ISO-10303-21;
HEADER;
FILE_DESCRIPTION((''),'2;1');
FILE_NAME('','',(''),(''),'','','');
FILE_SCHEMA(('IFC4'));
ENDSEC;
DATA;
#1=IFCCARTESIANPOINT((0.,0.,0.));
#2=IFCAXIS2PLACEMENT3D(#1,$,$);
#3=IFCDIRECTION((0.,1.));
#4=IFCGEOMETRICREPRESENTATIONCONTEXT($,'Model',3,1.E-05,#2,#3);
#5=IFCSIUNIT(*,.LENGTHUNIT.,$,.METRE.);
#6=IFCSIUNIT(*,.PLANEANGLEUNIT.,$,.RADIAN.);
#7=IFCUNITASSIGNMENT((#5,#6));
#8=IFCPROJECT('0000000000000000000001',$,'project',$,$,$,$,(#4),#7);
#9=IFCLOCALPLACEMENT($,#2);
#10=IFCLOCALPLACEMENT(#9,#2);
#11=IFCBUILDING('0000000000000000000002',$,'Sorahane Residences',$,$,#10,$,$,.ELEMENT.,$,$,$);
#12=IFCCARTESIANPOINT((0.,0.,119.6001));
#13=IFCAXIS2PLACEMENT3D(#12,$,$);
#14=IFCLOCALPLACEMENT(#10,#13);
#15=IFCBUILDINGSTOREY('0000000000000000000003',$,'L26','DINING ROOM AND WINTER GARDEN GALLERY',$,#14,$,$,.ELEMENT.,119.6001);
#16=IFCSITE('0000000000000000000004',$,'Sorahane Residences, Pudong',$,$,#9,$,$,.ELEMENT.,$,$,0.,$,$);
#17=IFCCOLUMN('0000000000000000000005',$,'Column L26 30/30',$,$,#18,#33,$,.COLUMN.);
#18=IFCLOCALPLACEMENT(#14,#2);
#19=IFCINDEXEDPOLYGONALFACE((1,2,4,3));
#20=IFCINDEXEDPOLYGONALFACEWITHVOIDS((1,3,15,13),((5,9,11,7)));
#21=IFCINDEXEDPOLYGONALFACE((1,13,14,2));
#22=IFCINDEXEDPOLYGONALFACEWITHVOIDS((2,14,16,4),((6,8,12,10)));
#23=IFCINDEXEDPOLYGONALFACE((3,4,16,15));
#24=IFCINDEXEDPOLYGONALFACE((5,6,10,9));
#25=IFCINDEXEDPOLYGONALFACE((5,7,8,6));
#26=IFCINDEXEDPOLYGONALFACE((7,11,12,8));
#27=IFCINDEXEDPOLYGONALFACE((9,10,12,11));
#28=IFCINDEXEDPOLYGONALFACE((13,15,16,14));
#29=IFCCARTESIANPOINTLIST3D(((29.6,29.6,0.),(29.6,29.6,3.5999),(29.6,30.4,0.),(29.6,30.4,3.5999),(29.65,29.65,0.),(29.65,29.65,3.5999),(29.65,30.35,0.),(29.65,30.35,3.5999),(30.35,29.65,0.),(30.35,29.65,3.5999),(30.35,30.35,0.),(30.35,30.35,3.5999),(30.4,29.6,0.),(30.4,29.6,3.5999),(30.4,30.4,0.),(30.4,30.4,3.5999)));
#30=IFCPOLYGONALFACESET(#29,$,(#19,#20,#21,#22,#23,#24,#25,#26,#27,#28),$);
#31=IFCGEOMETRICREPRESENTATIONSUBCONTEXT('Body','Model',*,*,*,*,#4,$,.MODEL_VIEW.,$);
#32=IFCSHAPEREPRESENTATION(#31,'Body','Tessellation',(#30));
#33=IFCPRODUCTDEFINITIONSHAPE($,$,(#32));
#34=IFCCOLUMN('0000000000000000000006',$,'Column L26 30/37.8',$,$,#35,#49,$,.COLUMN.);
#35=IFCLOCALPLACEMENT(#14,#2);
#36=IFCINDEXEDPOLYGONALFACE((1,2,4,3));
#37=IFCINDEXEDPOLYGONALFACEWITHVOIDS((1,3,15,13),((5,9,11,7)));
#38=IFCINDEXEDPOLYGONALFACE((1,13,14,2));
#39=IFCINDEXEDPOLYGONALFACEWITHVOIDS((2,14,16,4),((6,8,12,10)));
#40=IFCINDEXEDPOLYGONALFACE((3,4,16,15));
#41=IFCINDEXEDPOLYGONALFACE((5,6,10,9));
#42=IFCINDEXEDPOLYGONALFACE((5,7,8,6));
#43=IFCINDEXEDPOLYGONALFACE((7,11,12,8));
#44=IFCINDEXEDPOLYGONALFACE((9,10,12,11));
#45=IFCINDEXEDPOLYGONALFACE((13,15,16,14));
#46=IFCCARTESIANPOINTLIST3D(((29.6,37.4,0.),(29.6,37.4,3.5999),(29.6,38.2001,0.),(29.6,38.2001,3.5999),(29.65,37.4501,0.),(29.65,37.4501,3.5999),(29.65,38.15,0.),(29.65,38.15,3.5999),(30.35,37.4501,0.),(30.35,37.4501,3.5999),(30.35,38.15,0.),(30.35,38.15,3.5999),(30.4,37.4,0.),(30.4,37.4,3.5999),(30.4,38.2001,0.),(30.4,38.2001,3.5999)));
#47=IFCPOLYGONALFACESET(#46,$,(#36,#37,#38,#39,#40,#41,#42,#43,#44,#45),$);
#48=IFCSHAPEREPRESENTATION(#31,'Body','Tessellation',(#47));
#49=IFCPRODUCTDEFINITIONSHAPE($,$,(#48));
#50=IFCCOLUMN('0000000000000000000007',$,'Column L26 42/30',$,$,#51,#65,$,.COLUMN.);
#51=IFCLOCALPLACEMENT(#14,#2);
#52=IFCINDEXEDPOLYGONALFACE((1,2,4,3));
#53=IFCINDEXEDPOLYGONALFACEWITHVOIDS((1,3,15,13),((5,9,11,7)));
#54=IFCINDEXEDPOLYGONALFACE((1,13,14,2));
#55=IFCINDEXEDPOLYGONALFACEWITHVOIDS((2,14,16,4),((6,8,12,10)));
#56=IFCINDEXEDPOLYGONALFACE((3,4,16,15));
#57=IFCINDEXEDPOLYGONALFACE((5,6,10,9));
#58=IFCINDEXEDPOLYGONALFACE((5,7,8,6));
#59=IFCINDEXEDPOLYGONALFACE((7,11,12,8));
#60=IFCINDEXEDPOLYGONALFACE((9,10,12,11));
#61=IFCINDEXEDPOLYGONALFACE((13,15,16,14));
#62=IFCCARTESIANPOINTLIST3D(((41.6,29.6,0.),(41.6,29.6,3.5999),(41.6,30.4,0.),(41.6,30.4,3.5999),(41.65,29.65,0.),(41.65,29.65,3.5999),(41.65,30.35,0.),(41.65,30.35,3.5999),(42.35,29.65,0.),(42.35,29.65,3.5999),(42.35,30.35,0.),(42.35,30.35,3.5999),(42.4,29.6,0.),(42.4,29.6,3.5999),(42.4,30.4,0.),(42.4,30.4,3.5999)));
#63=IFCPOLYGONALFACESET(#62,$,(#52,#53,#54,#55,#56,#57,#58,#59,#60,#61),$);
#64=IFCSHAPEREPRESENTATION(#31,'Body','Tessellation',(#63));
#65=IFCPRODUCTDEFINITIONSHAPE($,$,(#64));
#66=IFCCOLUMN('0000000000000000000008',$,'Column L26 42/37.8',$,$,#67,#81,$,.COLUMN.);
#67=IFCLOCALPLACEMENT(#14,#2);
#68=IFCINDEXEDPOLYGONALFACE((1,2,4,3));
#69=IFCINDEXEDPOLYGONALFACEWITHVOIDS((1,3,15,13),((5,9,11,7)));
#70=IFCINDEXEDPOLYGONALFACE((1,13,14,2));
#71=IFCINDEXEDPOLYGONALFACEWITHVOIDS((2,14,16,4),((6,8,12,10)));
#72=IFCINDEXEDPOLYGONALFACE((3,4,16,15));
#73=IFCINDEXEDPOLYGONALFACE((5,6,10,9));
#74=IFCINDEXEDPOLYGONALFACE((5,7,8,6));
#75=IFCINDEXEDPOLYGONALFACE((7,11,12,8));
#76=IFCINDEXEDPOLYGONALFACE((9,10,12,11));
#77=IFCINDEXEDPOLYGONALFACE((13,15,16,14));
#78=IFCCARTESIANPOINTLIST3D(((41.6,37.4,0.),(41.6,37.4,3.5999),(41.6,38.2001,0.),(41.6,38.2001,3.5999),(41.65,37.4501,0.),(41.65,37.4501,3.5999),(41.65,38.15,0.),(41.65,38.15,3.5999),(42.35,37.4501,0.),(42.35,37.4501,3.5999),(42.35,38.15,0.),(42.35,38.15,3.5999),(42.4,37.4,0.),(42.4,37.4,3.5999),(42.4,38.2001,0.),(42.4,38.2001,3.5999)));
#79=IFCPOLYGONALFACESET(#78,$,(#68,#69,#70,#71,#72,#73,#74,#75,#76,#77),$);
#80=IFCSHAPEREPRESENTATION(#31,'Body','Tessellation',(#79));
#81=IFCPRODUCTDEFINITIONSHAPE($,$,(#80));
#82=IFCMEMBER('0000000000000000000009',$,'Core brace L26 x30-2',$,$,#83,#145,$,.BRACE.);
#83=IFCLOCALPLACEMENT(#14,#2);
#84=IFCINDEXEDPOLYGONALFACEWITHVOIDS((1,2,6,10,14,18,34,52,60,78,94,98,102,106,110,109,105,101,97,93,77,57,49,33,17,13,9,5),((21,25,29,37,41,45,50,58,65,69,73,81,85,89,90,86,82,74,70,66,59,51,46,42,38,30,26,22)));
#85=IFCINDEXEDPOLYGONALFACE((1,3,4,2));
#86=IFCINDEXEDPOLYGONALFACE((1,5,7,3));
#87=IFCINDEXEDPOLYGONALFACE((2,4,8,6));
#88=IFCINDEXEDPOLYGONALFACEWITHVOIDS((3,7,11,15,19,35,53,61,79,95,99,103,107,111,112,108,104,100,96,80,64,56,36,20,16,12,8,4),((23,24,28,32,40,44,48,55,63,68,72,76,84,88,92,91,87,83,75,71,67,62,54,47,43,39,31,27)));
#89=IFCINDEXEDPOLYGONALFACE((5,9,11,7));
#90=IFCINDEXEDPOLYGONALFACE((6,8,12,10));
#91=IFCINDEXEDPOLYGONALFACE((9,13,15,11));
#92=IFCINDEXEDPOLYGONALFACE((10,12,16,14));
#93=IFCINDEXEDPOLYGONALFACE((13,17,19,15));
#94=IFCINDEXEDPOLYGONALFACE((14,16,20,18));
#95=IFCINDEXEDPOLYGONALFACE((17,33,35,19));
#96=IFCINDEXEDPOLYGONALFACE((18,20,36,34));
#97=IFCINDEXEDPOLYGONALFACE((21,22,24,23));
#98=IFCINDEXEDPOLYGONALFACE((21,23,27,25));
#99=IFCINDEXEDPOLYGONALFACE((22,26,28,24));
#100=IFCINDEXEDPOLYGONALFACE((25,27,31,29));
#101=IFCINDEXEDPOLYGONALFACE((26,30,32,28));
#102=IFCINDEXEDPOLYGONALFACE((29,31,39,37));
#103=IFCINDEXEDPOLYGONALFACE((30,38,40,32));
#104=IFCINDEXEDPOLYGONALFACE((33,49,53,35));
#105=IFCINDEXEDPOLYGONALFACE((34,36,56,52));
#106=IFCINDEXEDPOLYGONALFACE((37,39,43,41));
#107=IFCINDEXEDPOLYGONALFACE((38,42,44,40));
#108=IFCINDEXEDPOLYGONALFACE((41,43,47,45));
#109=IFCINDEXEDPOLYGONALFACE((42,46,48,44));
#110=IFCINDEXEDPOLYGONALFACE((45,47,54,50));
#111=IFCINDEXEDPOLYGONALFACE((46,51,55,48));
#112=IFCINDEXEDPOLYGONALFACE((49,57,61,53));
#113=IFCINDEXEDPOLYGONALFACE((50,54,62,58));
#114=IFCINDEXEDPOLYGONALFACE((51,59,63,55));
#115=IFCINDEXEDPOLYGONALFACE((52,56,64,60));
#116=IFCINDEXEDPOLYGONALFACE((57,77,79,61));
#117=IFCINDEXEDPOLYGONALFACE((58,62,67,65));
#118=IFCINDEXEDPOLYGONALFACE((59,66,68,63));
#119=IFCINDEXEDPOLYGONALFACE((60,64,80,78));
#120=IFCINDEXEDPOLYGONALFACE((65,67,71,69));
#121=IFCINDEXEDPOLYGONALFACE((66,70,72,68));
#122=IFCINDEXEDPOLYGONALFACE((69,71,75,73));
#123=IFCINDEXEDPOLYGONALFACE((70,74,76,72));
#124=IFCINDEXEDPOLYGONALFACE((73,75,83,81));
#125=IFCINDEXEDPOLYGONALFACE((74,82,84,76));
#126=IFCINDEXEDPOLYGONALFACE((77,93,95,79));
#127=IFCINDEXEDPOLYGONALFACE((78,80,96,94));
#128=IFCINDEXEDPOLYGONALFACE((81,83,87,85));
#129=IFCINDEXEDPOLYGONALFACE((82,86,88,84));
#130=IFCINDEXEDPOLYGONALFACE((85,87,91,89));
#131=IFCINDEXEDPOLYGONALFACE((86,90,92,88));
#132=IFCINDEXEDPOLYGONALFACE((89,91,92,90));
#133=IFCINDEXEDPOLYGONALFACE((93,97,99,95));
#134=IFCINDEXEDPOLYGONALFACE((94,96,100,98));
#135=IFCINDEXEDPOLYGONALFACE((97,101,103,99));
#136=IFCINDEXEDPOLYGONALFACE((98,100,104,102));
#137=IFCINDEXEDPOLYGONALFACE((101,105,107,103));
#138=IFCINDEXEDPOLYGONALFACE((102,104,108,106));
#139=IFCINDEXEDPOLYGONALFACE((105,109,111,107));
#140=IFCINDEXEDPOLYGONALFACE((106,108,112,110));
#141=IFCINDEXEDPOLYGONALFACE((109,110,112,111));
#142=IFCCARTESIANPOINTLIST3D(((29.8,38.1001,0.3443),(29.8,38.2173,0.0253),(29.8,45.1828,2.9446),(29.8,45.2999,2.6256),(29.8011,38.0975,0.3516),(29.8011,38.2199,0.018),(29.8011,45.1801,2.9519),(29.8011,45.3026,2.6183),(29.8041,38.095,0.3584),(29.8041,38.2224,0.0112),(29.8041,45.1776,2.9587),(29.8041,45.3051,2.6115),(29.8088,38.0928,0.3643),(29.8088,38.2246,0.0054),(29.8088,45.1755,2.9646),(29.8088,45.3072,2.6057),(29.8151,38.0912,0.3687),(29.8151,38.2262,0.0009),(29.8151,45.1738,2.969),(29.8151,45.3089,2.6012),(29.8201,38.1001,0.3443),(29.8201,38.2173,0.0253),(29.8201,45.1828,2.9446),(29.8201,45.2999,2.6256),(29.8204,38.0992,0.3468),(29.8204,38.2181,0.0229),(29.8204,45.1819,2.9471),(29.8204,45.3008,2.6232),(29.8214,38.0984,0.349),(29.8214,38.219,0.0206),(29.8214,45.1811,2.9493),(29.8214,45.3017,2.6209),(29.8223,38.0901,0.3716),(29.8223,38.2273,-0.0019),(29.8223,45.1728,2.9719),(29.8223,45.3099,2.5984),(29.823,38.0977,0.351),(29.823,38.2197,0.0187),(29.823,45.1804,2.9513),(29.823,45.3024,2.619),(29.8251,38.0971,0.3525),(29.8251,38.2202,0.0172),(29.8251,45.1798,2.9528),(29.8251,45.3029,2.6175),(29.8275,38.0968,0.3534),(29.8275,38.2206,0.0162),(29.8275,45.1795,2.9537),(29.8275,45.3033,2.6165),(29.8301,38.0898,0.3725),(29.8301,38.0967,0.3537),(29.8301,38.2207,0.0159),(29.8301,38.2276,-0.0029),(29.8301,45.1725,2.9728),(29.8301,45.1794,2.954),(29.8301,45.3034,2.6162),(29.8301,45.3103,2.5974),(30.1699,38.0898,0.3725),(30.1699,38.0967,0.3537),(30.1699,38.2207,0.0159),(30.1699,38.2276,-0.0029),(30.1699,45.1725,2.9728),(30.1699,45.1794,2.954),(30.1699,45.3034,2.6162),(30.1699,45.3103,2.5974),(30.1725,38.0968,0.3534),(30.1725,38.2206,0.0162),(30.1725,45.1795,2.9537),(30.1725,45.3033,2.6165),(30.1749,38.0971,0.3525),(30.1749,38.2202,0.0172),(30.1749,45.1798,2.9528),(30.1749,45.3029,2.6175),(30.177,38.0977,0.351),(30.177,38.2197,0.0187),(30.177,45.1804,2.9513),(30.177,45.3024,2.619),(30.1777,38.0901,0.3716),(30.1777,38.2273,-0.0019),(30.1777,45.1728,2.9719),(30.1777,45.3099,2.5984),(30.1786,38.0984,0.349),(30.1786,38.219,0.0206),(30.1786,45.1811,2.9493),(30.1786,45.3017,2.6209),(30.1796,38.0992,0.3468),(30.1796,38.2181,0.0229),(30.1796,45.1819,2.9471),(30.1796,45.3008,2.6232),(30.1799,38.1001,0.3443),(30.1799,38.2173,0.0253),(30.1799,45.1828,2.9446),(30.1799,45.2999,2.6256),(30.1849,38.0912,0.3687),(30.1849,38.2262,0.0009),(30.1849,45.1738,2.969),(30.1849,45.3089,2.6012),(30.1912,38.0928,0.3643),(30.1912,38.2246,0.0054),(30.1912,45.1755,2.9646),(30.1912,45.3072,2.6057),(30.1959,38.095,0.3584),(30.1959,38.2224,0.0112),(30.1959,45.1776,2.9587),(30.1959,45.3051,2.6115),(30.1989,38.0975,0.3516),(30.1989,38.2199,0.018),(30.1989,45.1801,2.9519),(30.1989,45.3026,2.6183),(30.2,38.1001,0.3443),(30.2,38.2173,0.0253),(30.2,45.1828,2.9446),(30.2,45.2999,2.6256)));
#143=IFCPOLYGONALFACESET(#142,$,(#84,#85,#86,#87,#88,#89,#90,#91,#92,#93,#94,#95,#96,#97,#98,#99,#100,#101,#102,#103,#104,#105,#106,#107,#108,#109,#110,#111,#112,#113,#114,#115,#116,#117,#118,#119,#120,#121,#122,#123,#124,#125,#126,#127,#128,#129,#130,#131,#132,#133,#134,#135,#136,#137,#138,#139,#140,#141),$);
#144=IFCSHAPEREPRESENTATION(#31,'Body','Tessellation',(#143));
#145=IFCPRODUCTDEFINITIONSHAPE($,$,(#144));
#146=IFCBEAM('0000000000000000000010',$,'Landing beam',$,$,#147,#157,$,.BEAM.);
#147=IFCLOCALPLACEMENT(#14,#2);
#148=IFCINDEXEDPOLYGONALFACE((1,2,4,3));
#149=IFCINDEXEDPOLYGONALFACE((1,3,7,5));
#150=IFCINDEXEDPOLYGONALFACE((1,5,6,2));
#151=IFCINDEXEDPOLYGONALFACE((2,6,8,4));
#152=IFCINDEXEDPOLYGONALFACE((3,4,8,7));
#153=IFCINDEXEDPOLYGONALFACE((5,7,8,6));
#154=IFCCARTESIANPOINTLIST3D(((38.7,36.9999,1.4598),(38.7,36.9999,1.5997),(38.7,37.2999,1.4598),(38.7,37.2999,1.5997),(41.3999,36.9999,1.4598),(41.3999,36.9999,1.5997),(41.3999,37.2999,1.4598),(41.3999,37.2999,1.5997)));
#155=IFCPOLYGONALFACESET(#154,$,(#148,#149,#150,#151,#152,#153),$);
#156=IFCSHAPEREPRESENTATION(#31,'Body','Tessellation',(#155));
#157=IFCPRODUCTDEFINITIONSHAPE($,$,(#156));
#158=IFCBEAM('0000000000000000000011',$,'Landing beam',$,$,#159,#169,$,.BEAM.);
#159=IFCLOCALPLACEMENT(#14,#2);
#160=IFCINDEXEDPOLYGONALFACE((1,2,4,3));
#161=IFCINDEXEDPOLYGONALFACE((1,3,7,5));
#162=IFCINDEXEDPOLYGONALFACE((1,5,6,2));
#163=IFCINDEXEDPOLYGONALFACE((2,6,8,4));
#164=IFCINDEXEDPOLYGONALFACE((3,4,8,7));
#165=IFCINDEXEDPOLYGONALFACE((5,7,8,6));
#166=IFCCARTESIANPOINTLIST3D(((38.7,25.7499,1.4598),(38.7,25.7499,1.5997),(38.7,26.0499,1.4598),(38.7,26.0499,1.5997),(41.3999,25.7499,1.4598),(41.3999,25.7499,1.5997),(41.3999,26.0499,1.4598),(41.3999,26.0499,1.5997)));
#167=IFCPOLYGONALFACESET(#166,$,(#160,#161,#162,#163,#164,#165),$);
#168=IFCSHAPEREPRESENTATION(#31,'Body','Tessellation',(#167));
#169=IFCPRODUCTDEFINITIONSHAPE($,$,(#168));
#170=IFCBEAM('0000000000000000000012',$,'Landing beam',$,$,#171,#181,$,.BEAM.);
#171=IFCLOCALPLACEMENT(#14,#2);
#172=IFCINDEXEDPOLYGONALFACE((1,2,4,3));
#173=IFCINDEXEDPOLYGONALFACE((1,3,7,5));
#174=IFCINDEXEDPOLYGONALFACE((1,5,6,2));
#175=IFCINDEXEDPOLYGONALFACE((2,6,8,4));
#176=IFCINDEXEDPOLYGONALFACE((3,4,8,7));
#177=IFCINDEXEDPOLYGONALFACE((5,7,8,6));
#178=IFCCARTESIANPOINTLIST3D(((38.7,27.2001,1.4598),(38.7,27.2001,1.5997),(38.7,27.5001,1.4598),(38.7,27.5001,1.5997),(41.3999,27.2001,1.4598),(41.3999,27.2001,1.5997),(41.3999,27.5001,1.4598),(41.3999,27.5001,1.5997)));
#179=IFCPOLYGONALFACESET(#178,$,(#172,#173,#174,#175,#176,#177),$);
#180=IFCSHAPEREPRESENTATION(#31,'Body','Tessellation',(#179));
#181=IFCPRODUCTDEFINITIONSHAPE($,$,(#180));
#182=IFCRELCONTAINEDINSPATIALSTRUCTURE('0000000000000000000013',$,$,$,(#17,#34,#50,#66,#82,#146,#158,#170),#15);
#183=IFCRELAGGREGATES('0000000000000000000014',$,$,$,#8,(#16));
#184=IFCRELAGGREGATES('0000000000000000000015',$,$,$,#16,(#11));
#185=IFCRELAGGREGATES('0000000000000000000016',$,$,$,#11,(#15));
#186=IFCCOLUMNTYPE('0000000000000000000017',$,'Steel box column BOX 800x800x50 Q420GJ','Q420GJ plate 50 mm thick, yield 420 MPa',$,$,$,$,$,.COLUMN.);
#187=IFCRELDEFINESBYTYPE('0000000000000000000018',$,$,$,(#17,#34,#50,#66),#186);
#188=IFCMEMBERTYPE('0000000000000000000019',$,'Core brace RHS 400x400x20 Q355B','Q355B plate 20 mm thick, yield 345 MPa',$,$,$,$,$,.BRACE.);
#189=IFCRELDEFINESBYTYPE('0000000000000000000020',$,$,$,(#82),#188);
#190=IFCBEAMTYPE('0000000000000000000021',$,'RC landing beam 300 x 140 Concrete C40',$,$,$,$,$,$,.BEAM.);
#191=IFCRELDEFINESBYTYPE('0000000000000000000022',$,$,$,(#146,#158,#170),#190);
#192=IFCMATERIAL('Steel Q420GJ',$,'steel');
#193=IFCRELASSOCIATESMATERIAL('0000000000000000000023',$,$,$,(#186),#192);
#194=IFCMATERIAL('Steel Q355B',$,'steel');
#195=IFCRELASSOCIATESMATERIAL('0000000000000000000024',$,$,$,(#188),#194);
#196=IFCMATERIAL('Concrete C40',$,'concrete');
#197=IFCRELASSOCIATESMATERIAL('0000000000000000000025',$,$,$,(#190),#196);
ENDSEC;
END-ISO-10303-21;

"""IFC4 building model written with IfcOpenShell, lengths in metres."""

from ifc_helpers import new_model, si_unit, direction, frame, origin, origin_2d, place, context, subcontext, project, spatial, rectangle, hollow_rectangle, extrude, material, material_profile, profile_set, type_object, element, save


model = new_model("IFC4")

# Units and contexts
model_context = context("Model", 3, precision=1e-05, world=origin(), true_north=direction((0.0, 1.0)))
body_context = subcontext(model_context, "Body", "Model", "MODEL_VIEW")
ifc_project = project(units=[si_unit("LENGTHUNIT", "METRE"), si_unit("PLANEANGLEUNIT", "RADIAN")], contexts=[model_context])

# Site, building, storey
site_placement = place(None, origin())
site = spatial("IfcSite", under=ifc_project, at=site_placement, Name="Sorahane Residences, Pudong", CompositionType="ELEMENT", RefElevation=0.0)
building_placement = place(site_placement, origin())
building = spatial("IfcBuilding", under=site, at=building_placement, Name="Sorahane Residences", CompositionType="ELEMENT")
storey_placement = place(building_placement, frame((0.0, 0.0, 119.6001)))
storey = spatial("IfcBuildingStorey", under=building, at=storey_placement, Name="L26", Description="DINING ROOM AND WINTER GARDEN GALLERY", CompositionType="ELEMENT", Elevation=119.6001)

# Columns
ifc_material_1 = material(Name="Steel Q420GJ", Category="steel")
ifc_material_profile_1 = material_profile(ifc_material_1, hollow_rectangle(XDim=0.8, YDim=0.8, WallThickness=0.05, at=origin_2d()), Name="BOX 800x800x50")
ifc_profile_set_1 = profile_set([ifc_material_profile_1], Name="Steel Q420GJ")
column_type = type_object("IfcColumnType", Name="Steel box column BOX 800x800x50 Q420GJ", Description="Q420GJ plate 50 mm thick, yield 420 MPa", PredefinedType="COLUMN", material=ifc_profile_set_1)
for number, where, z_axis, x_axis, name in (
    (1, (30.0, 30.0, 0.0), (0.0, 0.0, 1.0), (1.0, 0.0, 0.0), "Column L26 30/30"),
    (2, (30.0, 37.8, 0.0), (0.0, 0.0, 1.0), (1.0, 0.0, 0.0), "Column L26 30/37.8"),
    (3, (42.0, 30.0, 0.0), (0.0, 0.0, 1.0), (1.0, 0.0, 0.0), "Column L26 42/30"),
    (4, (42.0, 37.8, 0.0), (0.0, 0.0, 1.0), (1.0, 0.0, 0.0), "Column L26 42/37.8"),
):
    element("IfcColumn", number, at=place(storey_placement, frame(where, z_axis=z_axis, x_axis=x_axis)), inside=storey, type_object=column_type, Name=name, PredefinedType="COLUMN", context=body_context, shape_type="SweptSolid", body=[
        extrude(hollow_rectangle(XDim=0.8, YDim=0.8, WallThickness=0.05, at=origin_2d()), origin(), (0.0, 0.0, 1.0), 3.5999),
    ])

# Member
ifc_material_2 = material(Name="Steel Q355B", Category="steel")
ifc_material_profile_2 = material_profile(ifc_material_2, hollow_rectangle(XDim=0.3999, YDim=0.3999, WallThickness=0.02, InnerFilletRadius=0.01, OuterFilletRadius=0.03, at=origin_2d()), Name="RHS 400x400x20")
ifc_profile_set_2 = profile_set([ifc_material_profile_2], Name="Steel Q355B")
member_type = type_object("IfcMemberType", Name="Core brace RHS 400x400x20 Q355B", Description="Q355B plate 20 mm thick, yield 345 MPa", PredefinedType="BRACE", material=ifc_profile_set_2)
member_placement = place(storey_placement, frame((30.0, 38.1587, 0.1848), z_axis=(0.0, 0.938734, 0.344643), x_axis=(-1.0, 0.0, 0.0)))
element("IfcMember", 5, at=member_placement, inside=storey, type_object=member_type, Name="Core brace L26 x30-2", PredefinedType="BRACE", context=body_context, shape_type="SweptSolid", body=[
    extrude(hollow_rectangle(XDim=0.3999, YDim=0.3999, WallThickness=0.02, InnerFilletRadius=0.01, OuterFilletRadius=0.03, at=origin_2d()), origin(), (0.0, 0.0, 1.0), 7.5449),
])

# Beams
ifc_material_3 = material(Name="Concrete C40", Category="concrete")
ifc_material_profile_3 = material_profile(ifc_material_3, rectangle(XDim=0.3, YDim=0.1399, at=origin_2d()), Name="300x140")
ifc_profile_set_3 = profile_set([ifc_material_profile_3], Name="Concrete C40")
beam_type_1 = type_object("IfcBeamType", Name="RC landing beam 300 x 140 Concrete C40", PredefinedType="BEAM", material=ifc_profile_set_3)
for number, where, z_axis, x_axis, name in (
    (6, (38.7, 37.1499, 1.5298), (1.0, 0.0, 0.0), (0.0, 1.0, 0.0), "Landing beam"),
    (7, (38.7, 25.8999, 1.5298), (1.0, 0.0, 0.0), (0.0, 1.0, 0.0), "Landing beam"),
    (8, (38.7, 27.3501, 1.5298), (1.0, 0.0, 0.0), (0.0, 1.0, 0.0), "Landing beam"),
):
    element("IfcBeam", number, at=place(storey_placement, frame(where, z_axis=z_axis, x_axis=x_axis)), inside=storey, type_object=beam_type_1, Name=name, PredefinedType="BEAM", context=body_context, shape_type="SweptSolid", body=[
        extrude(rectangle(XDim=0.3, YDim=0.1399, at=origin_2d()), origin(), (0.0, 0.0, 1.0), 2.7),
    ])

save(model, "model.ifc")
